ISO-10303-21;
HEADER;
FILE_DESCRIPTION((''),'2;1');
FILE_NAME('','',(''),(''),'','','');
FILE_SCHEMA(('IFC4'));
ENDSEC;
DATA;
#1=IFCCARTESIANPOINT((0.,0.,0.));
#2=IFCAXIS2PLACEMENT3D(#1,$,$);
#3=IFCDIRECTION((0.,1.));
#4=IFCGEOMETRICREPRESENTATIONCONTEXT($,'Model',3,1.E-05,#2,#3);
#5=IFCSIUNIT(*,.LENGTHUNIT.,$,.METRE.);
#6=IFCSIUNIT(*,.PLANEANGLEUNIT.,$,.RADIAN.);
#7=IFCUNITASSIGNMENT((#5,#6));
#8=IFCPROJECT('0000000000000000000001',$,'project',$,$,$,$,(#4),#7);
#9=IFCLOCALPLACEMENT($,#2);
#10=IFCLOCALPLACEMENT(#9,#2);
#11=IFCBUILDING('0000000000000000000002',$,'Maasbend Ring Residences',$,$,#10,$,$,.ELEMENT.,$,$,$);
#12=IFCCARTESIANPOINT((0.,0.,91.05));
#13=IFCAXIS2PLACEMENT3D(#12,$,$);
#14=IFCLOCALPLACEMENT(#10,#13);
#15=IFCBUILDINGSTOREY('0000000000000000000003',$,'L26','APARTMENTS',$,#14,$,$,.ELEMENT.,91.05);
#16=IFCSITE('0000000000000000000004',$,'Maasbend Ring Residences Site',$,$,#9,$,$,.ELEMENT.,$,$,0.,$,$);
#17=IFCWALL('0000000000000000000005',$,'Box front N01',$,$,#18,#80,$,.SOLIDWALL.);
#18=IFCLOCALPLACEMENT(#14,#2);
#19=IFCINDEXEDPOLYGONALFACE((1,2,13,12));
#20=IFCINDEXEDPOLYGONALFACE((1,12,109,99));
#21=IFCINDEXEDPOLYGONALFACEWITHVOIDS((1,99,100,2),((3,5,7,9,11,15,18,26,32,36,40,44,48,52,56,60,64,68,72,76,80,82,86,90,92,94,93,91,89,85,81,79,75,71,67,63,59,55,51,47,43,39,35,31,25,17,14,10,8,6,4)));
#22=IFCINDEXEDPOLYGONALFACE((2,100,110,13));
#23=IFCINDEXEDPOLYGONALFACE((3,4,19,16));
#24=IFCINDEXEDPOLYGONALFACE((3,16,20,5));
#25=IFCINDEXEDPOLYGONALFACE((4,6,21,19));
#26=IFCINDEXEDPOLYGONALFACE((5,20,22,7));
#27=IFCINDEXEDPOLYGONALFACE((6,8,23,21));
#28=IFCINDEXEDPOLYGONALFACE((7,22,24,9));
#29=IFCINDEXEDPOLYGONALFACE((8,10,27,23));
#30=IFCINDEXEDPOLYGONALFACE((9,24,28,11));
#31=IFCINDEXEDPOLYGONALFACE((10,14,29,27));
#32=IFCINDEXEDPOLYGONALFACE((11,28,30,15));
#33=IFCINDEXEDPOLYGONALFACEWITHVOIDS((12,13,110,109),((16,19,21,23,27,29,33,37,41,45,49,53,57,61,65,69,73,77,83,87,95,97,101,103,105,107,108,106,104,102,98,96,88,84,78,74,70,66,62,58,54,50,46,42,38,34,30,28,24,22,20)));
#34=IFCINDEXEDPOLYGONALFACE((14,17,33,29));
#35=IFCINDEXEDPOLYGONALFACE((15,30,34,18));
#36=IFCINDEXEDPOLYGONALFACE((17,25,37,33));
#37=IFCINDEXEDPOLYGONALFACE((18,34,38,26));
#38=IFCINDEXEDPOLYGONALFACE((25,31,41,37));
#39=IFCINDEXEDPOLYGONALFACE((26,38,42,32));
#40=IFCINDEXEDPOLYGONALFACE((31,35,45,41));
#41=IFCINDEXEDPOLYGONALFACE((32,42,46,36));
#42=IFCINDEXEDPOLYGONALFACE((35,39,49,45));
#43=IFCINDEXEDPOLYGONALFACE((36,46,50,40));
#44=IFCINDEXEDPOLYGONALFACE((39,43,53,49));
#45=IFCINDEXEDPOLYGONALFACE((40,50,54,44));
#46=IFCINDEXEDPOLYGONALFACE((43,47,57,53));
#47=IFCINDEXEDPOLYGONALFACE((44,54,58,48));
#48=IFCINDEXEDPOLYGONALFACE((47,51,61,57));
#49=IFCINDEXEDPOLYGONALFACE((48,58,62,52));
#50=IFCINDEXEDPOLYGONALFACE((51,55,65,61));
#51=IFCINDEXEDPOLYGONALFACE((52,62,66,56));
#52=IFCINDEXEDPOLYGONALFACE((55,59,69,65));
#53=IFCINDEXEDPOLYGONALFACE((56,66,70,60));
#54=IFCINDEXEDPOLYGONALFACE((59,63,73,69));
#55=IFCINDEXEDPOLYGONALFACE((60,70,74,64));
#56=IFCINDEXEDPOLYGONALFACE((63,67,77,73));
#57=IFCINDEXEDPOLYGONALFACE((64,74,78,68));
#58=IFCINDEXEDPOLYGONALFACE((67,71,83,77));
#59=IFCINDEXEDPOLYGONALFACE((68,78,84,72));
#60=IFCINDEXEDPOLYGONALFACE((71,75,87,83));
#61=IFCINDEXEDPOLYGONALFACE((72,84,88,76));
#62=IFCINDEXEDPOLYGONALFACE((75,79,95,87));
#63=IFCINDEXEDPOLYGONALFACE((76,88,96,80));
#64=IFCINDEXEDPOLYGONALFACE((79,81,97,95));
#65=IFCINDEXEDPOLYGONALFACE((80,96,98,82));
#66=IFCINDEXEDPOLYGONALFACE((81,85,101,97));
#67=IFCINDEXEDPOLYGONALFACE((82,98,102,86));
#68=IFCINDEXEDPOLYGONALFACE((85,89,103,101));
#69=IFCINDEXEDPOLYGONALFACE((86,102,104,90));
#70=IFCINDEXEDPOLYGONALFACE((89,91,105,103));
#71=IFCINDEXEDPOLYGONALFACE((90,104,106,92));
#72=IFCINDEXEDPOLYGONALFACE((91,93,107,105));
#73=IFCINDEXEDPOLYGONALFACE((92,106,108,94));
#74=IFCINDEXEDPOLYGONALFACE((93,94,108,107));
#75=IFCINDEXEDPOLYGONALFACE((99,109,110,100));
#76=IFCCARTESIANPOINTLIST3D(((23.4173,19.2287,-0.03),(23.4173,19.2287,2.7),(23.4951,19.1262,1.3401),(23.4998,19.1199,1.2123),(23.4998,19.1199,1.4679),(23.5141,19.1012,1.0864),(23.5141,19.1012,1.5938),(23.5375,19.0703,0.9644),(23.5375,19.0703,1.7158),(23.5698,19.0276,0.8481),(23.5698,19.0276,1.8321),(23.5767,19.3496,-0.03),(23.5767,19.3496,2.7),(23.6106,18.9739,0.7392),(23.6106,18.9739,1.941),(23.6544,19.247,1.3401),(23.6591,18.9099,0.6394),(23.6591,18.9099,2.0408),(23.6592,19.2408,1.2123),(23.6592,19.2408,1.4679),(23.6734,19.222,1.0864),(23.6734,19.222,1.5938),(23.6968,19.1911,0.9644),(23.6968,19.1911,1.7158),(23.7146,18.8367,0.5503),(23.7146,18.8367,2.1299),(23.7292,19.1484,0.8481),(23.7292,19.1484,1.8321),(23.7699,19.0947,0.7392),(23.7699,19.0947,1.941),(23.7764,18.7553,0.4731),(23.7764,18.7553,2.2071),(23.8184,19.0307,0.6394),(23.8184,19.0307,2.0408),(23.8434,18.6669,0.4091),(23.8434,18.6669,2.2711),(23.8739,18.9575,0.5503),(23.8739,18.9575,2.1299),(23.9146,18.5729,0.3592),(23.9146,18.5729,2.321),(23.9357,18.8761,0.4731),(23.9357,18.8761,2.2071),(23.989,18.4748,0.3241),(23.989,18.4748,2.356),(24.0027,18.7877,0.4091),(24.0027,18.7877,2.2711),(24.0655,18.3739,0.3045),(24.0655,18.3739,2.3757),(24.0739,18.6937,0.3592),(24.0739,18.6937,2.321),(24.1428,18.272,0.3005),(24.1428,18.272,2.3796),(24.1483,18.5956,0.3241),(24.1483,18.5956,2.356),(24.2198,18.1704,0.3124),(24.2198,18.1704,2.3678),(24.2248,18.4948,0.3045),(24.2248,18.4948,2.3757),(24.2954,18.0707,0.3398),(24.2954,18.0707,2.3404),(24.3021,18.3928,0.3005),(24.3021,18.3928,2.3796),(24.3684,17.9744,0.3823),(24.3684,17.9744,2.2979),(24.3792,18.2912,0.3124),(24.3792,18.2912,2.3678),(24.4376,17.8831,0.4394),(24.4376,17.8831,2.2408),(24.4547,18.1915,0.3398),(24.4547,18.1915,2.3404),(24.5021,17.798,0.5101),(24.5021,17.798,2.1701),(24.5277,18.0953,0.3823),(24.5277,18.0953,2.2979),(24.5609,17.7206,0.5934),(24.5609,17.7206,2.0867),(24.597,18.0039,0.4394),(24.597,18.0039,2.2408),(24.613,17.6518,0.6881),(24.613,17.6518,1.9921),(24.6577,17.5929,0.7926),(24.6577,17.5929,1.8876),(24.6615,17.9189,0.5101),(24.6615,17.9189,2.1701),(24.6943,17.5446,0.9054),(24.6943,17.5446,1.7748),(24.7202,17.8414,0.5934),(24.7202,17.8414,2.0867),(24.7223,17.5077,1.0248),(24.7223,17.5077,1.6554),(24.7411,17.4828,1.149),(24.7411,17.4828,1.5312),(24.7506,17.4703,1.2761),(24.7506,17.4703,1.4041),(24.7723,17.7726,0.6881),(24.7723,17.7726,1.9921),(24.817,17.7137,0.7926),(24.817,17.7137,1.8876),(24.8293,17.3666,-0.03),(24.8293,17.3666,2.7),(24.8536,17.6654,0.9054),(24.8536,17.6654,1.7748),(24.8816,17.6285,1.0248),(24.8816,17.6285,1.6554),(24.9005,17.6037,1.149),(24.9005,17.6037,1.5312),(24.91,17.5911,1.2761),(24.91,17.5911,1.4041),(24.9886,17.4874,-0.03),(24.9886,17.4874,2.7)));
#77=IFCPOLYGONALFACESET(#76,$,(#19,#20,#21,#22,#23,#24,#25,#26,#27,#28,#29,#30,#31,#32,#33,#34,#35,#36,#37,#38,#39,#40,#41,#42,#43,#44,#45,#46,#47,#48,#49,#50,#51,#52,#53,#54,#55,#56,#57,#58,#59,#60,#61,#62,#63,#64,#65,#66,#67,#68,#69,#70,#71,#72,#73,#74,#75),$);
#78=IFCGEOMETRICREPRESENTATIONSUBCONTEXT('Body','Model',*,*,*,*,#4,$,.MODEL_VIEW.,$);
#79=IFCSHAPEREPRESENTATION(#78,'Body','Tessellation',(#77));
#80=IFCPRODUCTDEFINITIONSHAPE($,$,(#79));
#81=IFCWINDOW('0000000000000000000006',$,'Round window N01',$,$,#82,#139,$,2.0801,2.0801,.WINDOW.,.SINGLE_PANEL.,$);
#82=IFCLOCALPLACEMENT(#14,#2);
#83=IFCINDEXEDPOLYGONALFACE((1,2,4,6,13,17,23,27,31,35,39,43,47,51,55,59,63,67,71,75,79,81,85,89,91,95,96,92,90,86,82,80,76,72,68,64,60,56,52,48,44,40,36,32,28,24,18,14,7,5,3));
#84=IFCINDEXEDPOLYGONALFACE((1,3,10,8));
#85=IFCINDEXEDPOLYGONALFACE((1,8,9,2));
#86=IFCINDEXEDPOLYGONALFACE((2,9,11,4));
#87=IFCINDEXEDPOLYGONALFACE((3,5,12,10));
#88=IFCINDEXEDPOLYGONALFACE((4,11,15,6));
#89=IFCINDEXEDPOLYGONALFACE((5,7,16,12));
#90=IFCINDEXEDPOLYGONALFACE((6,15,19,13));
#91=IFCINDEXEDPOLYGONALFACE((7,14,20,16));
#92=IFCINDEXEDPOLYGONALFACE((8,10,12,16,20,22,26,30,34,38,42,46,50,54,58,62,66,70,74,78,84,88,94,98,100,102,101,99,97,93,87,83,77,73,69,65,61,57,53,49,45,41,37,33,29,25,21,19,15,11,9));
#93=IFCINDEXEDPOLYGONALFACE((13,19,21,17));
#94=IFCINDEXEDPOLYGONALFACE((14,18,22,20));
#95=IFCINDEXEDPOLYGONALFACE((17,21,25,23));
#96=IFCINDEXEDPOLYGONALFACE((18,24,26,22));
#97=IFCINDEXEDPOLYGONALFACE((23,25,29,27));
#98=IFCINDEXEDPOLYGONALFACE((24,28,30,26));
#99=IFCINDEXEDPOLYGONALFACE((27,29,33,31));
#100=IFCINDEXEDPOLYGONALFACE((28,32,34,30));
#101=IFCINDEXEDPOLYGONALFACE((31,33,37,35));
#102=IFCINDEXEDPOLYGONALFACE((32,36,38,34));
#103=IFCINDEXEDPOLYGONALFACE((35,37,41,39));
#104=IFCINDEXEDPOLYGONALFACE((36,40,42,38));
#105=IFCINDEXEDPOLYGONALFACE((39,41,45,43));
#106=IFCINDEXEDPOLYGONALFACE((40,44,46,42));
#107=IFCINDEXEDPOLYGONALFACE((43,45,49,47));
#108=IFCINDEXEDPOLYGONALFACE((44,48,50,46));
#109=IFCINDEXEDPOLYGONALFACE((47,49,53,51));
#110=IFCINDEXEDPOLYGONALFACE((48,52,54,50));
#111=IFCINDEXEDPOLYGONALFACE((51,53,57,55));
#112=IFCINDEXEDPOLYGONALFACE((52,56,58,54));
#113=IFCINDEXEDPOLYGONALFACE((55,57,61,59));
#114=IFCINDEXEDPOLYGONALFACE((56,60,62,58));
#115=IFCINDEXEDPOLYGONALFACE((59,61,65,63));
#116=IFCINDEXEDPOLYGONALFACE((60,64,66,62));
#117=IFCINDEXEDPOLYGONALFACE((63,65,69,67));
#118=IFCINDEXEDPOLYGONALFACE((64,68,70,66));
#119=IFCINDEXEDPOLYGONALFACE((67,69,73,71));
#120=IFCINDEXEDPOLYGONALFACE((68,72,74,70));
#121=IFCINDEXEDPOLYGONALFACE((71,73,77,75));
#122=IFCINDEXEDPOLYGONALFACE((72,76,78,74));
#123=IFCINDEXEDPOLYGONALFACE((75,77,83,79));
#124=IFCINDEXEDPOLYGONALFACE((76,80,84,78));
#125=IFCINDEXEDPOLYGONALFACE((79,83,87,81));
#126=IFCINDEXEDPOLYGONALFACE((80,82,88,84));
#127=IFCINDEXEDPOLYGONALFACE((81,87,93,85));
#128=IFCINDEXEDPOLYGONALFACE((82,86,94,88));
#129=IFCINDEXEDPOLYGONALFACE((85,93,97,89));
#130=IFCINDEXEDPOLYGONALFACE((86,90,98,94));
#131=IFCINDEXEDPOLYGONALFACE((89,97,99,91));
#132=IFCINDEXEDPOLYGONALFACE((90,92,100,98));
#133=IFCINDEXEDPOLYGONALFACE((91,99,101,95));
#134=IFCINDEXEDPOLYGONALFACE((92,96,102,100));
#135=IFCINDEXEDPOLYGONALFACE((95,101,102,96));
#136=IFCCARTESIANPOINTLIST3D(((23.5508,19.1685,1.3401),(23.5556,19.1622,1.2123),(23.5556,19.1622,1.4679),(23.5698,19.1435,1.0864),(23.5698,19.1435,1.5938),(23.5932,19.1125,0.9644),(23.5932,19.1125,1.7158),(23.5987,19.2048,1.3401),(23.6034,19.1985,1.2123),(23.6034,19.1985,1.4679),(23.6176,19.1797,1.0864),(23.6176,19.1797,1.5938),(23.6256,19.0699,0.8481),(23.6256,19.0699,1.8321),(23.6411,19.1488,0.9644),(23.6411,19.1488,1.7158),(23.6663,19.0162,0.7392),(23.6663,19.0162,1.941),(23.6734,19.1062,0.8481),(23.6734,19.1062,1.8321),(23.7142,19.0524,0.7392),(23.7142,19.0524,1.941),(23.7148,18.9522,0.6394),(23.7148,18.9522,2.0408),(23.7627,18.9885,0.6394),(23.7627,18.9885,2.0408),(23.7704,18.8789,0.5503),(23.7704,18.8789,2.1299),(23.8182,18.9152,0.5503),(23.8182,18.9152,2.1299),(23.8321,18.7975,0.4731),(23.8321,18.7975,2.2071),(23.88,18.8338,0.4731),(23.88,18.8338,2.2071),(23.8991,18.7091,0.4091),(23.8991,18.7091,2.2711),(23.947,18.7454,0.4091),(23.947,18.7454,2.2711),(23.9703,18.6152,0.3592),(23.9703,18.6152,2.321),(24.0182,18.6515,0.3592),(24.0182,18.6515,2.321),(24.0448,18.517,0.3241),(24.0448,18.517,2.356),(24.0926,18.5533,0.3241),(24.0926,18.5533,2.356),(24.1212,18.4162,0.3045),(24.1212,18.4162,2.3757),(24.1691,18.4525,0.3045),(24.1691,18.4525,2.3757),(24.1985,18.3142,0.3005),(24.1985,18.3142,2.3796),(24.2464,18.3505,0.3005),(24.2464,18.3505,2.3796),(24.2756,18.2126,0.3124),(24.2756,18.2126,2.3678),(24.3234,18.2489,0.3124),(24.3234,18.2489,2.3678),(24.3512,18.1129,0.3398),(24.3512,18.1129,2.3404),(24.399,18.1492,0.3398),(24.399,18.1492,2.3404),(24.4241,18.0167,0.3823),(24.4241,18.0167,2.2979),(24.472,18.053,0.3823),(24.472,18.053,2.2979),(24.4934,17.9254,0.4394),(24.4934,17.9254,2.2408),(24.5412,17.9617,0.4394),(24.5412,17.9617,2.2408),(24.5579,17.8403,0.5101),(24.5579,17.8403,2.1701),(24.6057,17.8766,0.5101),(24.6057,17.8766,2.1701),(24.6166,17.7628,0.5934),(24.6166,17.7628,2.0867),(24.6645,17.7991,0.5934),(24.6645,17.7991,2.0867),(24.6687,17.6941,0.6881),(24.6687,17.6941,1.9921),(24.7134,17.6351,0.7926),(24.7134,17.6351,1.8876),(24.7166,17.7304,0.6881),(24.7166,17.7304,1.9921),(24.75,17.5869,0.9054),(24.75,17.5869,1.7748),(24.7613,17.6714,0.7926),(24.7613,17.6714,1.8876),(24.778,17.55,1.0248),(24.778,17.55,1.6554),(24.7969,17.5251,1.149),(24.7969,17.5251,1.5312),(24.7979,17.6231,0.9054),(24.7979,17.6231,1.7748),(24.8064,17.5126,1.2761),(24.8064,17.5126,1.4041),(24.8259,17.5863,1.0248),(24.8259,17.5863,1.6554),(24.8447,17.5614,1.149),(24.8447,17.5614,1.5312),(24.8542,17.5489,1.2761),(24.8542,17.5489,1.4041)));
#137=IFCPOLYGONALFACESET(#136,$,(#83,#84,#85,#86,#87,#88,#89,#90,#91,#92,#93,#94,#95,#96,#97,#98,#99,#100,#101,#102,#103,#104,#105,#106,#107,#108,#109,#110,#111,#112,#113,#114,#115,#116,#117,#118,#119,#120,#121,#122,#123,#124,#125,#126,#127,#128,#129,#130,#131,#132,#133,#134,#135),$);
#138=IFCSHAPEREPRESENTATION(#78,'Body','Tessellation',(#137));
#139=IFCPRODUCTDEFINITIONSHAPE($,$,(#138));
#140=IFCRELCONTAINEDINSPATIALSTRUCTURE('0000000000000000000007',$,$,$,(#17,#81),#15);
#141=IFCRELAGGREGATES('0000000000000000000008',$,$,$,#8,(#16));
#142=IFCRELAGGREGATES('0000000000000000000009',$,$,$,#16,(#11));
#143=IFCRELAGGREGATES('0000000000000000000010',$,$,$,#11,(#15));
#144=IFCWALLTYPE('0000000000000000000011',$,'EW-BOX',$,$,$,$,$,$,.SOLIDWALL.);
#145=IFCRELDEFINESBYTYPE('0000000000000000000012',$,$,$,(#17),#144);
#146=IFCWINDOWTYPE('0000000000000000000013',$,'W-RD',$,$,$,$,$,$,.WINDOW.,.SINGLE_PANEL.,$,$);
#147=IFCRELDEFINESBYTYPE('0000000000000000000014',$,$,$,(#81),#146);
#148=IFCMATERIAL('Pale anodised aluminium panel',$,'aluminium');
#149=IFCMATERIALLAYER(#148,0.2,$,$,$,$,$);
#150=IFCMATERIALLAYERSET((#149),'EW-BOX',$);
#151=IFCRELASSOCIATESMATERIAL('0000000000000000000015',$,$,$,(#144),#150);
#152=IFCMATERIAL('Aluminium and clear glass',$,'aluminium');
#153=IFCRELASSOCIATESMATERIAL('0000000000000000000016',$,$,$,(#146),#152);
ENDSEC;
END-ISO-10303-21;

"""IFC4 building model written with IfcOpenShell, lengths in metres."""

from ifc_helpers import new_model, si_unit, direction, frame, frame_2d, origin, place, context, subcontext, project, spatial, rectangle, circle, extrude, material, layer, layer_set, type_object, element, fill, save


model = new_model("IFC4")

# Units and contexts
model_context = context("Model", 3, precision=1e-05, world=origin(), true_north=direction((0.0, 1.0)))
body_context = subcontext(model_context, "Body", "Model", "MODEL_VIEW")
ifc_project = project(units=[si_unit("LENGTHUNIT", "METRE"), si_unit("PLANEANGLEUNIT", "RADIAN")], contexts=[model_context])

# Site, building, storey
site_placement = place(None, origin())
site = spatial("IfcSite", under=ifc_project, at=site_placement, Name="Maasbend Ring Residences Site", CompositionType="ELEMENT", RefElevation=0.0)
building_placement = place(site_placement, origin())
building = spatial("IfcBuilding", under=site, at=building_placement, Name="Maasbend Ring Residences", CompositionType="ELEMENT")
storey_placement = place(building_placement, frame((0.0, 0.0, 91.05)))
storey = spatial("IfcBuildingStorey", under=building, at=storey_placement, Name="L26", Description="APARTMENTS", CompositionType="ELEMENT", Elevation=91.05)

# Wall, opening, window
ifc_material_1 = material(Name="Pale anodised aluminium panel", Category="aluminium")
ifc_layer_1 = layer(ifc_material_1, 0.2)
ifc_layer_set_1 = layer_set([ifc_layer_1], Name="EW-BOX")
wall_type_1 = type_object("IfcWallType", Name="EW-BOX", PredefinedType="SOLIDWALL", material=ifc_layer_set_1)
wall_1_placement = place(storey_placement, frame((24.9089, 17.427, -0.03), z_axis=(0.0, 0.0, 1.0), x_axis=(-0.604188, 0.796842, 0.0)))
wall_1 = element("IfcWall", 1, at=wall_1_placement, inside=storey, type_object=wall_type_1, Name="Box front N01", PredefinedType="SOLIDWALL", context=body_context, shape_type="SweptSolid", body=[
    extrude(rectangle(XDim=2.3369, YDim=0.2, at=frame_2d((1.1685, 0.0))), origin(), (0.0, 0.0, 1.0), 2.73),
])
opening_1_placement = place(wall_1_placement, frame((0.1282, 0.0, 0.3301)))
opening_1 = element("IfcOpeningElement", 2, at=opening_1_placement, cuts=wall_1, PredefinedType="OPENING", context=body_context, shape_type="SweptSolid", body=[
    extrude(circle(Radius=1.04, at=frame_2d((1.04, 1.04))), frame((0.0, 0.1099, 0.0), z_axis=(0.0, -1.0, 0.0), x_axis=(1.0, 0.0, 0.0)), (0.0, 0.0, 1.0), 0.22),
])
ifc_material_2 = material(Name="Aluminium and clear glass", Category="aluminium")
window_type_1 = type_object("IfcWindowType", Name="W-RD", PartitioningType="SINGLE_PANEL", PredefinedType="WINDOW", material=ifc_material_2)
window_1_placement = place(opening_1_placement, origin())
window_1 = element("IfcWindow", 3, at=window_1_placement, inside=storey, type_object=window_type_1, Name="Round window N01", OverallHeight=2.0801, OverallWidth=2.0801, PartitioningType="SINGLE_PANEL", PredefinedType="WINDOW", context=body_context, shape_type="SweptSolid", body=[
    extrude(circle(Radius=1.04, at=frame_2d((1.04, 1.04))), frame((0.0, 0.03, 0.0), z_axis=(0.0, -1.0, 0.0), x_axis=(1.0, 0.0, 0.0)), (0.0, 0.0, 1.0), 0.0601),
])
fill(opening_1, window_1)

save(model, "model.ifc")
